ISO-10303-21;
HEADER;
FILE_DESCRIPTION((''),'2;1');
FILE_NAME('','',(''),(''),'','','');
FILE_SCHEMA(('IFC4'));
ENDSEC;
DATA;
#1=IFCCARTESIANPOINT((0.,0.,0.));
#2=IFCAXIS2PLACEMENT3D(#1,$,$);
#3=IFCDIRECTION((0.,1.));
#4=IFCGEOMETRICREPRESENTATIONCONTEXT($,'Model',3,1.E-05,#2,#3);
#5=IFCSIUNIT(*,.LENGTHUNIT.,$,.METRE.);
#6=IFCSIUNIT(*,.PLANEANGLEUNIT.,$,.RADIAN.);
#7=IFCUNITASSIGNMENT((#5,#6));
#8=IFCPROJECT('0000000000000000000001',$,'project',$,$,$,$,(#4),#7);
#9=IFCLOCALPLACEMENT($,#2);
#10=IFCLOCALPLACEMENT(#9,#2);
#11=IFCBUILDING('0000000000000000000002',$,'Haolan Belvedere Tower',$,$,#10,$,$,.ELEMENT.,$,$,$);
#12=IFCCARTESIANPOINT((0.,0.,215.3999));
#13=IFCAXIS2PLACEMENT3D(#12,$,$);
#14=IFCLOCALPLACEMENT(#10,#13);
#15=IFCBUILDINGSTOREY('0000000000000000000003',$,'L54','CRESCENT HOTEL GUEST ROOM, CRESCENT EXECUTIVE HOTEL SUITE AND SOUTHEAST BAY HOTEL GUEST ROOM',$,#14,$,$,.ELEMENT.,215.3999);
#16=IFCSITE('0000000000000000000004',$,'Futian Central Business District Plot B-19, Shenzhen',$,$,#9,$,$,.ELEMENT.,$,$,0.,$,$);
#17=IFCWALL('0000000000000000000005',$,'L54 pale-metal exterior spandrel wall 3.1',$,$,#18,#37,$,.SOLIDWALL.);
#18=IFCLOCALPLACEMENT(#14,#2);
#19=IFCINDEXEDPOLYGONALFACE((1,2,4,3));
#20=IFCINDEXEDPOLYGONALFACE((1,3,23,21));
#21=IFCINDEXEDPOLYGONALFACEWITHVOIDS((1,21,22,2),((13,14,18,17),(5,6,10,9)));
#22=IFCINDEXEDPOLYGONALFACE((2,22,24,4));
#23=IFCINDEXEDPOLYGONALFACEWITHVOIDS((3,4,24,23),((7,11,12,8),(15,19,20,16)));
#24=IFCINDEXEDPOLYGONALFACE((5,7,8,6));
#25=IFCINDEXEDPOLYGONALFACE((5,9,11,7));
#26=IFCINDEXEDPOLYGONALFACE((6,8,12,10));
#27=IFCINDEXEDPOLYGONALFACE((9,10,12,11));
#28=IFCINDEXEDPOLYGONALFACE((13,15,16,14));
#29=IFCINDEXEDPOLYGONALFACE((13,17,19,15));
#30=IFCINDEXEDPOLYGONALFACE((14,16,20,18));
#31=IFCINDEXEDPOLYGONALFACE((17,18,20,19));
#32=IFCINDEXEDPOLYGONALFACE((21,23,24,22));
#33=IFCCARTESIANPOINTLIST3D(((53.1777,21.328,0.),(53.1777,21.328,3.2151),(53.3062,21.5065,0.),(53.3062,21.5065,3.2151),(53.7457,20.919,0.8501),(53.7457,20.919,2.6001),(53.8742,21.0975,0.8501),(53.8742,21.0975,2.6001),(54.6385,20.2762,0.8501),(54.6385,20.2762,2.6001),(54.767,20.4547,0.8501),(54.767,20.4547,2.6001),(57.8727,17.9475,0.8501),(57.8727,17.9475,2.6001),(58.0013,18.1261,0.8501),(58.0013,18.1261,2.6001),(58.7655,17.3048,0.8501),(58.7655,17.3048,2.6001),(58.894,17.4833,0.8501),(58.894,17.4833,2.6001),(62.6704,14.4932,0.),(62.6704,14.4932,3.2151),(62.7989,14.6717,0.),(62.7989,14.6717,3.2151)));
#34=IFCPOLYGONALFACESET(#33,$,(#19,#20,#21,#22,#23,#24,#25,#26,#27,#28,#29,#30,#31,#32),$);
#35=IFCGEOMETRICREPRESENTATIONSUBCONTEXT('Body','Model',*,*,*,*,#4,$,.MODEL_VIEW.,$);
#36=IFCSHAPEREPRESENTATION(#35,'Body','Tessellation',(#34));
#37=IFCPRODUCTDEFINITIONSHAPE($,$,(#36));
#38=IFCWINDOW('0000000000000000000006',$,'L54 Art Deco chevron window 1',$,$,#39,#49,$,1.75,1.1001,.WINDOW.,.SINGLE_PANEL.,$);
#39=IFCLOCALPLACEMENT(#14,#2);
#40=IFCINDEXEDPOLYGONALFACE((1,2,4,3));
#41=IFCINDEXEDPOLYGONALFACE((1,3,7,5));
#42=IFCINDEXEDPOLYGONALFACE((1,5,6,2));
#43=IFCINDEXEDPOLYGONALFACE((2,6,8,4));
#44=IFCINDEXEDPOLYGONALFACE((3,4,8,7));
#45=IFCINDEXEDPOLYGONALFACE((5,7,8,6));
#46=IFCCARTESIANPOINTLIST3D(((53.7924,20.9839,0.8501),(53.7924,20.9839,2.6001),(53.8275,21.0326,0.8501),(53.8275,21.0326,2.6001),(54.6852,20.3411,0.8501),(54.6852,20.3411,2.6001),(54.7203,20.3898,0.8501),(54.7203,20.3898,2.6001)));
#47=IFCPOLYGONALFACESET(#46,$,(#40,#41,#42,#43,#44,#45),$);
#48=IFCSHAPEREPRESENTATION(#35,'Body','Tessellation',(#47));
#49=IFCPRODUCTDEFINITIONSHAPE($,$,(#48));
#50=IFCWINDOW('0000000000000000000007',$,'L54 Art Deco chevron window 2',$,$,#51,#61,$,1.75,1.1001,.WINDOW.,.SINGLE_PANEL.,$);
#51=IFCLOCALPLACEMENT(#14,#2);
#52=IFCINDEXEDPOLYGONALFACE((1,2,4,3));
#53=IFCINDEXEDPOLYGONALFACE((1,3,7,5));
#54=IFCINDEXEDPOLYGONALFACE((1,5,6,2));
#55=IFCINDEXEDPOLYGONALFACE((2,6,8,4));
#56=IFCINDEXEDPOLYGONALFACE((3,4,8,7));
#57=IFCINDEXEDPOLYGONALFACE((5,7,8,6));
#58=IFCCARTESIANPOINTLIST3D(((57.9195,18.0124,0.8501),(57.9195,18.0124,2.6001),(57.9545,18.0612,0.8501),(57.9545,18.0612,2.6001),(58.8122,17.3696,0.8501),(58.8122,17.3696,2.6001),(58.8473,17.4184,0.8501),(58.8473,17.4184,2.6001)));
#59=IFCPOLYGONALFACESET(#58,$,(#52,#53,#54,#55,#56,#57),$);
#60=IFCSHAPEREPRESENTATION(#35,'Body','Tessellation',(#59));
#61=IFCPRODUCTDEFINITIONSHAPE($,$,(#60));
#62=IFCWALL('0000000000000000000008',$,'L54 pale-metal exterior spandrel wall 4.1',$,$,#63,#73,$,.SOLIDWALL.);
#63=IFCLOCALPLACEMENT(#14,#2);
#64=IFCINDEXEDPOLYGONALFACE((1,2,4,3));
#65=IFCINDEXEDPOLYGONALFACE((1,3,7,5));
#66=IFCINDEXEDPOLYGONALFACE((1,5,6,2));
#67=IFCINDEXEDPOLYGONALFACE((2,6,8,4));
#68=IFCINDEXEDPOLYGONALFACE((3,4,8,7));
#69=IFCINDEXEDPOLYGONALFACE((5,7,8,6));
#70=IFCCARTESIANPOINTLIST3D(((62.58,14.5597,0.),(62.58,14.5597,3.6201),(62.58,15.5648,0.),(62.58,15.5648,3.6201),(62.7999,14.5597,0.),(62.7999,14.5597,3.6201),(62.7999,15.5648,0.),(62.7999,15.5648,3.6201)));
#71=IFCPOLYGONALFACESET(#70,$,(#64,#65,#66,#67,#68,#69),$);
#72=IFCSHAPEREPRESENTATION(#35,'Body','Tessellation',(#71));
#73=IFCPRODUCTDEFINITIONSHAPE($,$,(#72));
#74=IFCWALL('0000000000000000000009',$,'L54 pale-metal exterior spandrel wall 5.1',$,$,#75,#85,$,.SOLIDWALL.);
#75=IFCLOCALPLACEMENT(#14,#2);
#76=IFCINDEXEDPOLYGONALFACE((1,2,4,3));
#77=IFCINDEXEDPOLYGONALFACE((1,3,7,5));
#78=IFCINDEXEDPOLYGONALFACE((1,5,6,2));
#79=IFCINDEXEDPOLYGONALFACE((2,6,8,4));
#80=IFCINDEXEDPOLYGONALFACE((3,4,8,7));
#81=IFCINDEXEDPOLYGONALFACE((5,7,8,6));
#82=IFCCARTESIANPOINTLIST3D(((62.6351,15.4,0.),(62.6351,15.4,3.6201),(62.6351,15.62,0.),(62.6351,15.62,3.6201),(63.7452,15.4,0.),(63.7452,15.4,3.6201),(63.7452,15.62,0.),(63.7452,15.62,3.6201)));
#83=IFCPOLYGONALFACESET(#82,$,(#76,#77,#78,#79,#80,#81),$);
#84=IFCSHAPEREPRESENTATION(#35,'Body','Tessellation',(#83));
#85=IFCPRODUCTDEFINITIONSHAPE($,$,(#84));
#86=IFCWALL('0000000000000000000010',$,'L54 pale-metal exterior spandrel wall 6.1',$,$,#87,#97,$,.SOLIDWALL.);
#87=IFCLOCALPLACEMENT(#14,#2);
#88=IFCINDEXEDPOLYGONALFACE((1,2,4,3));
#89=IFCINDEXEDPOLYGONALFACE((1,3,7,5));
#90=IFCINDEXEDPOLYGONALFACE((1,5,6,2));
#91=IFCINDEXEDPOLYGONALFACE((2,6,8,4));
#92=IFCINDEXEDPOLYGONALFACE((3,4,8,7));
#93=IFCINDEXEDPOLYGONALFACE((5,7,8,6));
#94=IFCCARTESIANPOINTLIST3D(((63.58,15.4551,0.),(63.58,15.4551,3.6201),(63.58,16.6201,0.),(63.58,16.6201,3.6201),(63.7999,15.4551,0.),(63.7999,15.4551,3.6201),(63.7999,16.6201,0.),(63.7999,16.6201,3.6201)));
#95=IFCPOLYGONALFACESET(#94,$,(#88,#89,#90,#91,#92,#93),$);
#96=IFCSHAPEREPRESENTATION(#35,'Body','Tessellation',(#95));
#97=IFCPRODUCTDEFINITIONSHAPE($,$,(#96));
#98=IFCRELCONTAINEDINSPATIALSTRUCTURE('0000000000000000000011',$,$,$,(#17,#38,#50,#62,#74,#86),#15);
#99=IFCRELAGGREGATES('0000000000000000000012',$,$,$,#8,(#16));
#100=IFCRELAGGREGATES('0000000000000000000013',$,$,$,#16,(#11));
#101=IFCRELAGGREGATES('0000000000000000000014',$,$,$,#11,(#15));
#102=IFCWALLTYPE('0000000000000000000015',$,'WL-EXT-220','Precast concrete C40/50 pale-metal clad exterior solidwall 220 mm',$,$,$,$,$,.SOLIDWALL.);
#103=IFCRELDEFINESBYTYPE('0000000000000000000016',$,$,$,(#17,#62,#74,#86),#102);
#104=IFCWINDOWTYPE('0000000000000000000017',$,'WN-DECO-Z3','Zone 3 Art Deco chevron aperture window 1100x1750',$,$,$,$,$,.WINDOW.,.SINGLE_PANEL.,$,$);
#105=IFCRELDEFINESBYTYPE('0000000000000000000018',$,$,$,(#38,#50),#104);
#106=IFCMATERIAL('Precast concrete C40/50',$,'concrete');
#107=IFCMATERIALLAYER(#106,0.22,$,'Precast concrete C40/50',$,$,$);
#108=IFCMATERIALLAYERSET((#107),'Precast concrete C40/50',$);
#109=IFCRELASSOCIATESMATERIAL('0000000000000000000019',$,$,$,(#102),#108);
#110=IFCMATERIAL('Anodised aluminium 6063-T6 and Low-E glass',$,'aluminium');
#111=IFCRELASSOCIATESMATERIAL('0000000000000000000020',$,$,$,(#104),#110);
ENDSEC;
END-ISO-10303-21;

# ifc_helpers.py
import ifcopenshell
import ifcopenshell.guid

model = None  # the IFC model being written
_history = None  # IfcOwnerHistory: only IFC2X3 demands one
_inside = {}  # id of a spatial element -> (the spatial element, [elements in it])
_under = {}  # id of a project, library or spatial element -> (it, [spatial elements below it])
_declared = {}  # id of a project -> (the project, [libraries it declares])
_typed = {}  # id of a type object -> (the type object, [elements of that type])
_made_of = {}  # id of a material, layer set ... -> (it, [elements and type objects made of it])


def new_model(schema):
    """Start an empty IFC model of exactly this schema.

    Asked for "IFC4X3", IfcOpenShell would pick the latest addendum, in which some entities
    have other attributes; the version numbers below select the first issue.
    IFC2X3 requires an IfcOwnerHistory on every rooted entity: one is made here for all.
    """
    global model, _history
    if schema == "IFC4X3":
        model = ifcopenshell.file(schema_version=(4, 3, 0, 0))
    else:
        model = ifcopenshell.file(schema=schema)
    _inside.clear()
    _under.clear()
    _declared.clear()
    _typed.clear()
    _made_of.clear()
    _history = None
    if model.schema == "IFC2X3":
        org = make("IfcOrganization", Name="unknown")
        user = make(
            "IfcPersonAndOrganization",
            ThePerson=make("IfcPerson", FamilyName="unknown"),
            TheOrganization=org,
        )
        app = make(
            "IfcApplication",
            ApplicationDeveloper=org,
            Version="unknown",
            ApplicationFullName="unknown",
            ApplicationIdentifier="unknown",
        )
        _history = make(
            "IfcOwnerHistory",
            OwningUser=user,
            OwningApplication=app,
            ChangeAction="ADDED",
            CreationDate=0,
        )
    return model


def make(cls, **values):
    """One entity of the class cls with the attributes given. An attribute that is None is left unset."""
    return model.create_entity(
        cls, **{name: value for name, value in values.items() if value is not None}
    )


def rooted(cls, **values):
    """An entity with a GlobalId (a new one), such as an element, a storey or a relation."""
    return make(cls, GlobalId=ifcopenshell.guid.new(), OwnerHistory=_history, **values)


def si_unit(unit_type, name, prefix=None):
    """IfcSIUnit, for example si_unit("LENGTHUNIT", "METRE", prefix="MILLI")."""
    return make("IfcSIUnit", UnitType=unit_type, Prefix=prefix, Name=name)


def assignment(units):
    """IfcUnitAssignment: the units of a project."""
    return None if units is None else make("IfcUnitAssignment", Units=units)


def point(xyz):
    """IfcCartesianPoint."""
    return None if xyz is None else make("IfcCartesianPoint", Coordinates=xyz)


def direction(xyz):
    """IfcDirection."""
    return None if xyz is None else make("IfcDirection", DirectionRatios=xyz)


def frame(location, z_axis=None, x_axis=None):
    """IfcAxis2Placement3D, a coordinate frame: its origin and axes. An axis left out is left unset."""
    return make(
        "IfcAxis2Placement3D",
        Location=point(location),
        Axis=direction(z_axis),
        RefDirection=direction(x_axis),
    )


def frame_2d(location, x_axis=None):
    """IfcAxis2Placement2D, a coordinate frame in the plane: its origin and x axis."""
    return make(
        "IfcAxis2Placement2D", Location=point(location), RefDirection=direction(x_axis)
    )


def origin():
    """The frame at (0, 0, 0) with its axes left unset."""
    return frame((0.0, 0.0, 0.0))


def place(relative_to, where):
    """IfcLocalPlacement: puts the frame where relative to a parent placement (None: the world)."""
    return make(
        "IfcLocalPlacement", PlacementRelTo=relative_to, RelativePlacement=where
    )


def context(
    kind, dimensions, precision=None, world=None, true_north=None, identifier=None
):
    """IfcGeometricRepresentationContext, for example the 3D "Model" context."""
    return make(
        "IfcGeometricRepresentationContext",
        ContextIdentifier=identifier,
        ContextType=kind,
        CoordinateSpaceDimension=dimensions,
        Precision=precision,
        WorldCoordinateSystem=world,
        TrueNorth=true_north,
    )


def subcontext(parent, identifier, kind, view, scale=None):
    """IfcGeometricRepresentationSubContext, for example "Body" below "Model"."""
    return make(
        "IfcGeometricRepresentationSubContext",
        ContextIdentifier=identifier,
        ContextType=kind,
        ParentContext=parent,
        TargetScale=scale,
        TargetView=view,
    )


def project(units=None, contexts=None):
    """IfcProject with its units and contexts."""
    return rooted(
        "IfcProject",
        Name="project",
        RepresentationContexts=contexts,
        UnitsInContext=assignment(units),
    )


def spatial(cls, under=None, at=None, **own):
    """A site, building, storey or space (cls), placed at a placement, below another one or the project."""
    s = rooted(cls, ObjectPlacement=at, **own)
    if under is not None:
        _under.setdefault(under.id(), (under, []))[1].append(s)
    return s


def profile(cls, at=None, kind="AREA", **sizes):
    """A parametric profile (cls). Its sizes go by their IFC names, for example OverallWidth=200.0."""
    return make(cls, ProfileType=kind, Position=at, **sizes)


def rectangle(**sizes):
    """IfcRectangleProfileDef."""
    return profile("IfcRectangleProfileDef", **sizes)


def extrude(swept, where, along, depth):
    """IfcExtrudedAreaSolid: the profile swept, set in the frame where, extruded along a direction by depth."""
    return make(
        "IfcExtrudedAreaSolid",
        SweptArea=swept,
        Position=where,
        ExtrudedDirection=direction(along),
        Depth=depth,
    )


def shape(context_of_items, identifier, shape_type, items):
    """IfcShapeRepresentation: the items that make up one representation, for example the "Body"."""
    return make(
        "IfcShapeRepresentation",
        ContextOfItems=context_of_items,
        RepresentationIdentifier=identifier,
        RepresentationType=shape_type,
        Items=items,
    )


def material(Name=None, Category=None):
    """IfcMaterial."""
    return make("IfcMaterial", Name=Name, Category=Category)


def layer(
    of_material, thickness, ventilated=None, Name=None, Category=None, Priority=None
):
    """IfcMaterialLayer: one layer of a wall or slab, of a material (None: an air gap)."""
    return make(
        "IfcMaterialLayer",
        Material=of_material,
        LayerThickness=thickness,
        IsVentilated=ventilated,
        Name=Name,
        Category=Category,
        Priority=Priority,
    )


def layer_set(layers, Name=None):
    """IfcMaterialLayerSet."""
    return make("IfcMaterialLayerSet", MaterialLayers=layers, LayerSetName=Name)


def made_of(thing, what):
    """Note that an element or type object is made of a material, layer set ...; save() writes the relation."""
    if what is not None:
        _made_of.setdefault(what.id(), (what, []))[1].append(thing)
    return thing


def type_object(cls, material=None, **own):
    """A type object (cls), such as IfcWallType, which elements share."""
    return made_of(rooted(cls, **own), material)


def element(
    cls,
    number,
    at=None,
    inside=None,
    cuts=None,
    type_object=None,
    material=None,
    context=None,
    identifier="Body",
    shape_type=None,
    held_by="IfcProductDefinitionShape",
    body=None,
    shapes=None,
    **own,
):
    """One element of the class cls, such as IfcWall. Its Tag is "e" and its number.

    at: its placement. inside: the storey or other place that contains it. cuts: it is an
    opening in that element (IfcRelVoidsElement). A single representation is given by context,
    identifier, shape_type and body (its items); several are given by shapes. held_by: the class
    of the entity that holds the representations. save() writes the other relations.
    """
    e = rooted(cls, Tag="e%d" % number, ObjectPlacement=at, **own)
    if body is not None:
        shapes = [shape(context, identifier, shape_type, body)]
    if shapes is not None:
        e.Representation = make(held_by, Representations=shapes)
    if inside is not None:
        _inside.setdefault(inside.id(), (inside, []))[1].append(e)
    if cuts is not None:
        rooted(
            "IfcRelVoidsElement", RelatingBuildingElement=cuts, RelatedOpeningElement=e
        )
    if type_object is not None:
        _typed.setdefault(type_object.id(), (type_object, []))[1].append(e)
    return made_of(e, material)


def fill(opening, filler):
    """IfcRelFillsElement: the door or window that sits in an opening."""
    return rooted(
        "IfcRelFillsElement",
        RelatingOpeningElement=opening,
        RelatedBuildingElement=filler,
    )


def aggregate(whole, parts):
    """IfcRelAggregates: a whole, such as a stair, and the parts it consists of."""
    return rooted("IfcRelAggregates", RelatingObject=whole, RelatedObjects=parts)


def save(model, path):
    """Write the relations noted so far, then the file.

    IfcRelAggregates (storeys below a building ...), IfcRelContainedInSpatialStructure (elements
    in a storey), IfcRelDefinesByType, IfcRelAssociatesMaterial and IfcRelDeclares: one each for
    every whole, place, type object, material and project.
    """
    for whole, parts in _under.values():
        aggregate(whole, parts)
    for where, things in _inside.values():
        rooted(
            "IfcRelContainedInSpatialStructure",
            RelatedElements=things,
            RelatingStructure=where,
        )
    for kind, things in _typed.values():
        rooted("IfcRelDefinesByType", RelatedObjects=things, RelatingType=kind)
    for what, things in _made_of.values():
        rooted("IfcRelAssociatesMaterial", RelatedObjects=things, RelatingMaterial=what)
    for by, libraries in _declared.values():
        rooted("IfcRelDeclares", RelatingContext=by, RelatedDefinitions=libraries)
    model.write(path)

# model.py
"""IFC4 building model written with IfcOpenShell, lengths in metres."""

from ifc_helpers import new_model, si_unit, direction, frame, frame_2d, origin, place, context, subcontext, project, spatial, rectangle, extrude, material, layer, layer_set, type_object, element, fill, save


model = new_model("IFC4")

# Units and contexts
model_context = context("Model", 3, precision=1e-05, world=origin(), true_north=direction((0.0, 1.0)))
body_context = subcontext(model_context, "Body", "Model", "MODEL_VIEW")
ifc_project = project(units=[si_unit("LENGTHUNIT", "METRE"), si_unit("PLANEANGLEUNIT", "RADIAN")], contexts=[model_context])

# Site, building, storey
site_placement = place(None, origin())
site = spatial("IfcSite", under=ifc_project, at=site_placement, Name="Futian Central Business District Plot B-19, Shenzhen", CompositionType="ELEMENT", RefElevation=0.0)
building_placement = place(site_placement, origin())
building = spatial("IfcBuilding", under=site, at=building_placement, Name="Haolan Belvedere Tower", CompositionType="ELEMENT")
storey_placement = place(building_placement, frame((0.0, 0.0, 215.3999)))
storey = spatial("IfcBuildingStorey", under=building, at=storey_placement, Name="L54", Description="CRESCENT HOTEL GUEST ROOM, CRESCENT EXECUTIVE HOTEL SUITE AND SOUTHEAST BAY HOTEL GUEST ROOM", CompositionType="ELEMENT", Elevation=215.3999)

# Wall, openings, windows
ifc_material_1 = material(Name="Precast concrete C40/50", Category="concrete")
ifc_layer_1 = layer(ifc_material_1, 0.22, Name="Precast concrete C40/50")
ifc_layer_set_1 = layer_set([ifc_layer_1], Name="Precast concrete C40/50")
wall_type_1 = type_object("IfcWallType", Name="WL-EXT-220", Description="Precast concrete C40/50 pale-metal clad exterior solidwall 220 mm", PredefinedType="SOLIDWALL", material=ifc_layer_set_1)
wall_1_placement = place(storey_placement, frame((53.2419, 21.4172, 0.0), z_axis=(0.0, 0.0, 1.0), x_axis=(0.811535, -0.584304, 0.0)))
wall_1 = element("IfcWall", 1, at=wall_1_placement, inside=storey, type_object=wall_type_1, Name="L54 pale-metal exterior spandrel wall 3.1", PredefinedType="SOLIDWALL", context=body_context, shape_type="SweptSolid", body=[
    extrude(rectangle(XDim=11.6973, YDim=0.22, at=frame_2d((5.8486, 0.0))), origin(), (0.0, 0.0, 1.0), 3.2151),
])
opening_1_placement = place(wall_1_placement, frame((0.7, 0.0, 0.8501)))
opening_1 = element("IfcOpeningElement", 2, at=opening_1_placement, cuts=wall_1, PredefinedType="OPENING", context=body_context, shape_type="SweptSolid", body=[
    extrude(rectangle(XDim=1.1001, YDim=1.75, at=frame_2d((0.55, 0.875))), frame((0.0, 0.1199, 0.0), z_axis=(0.0, -1.0, 0.0), x_axis=(1.0, 0.0, 0.0)), (0.0, 0.0, 1.0), 0.24),
])
opening_2_placement = place(wall_1_placement, frame((5.7854, 0.0, 0.8501)))
opening_2 = element("IfcOpeningElement", 3, at=opening_2_placement, cuts=wall_1, PredefinedType="OPENING", context=body_context, shape_type="SweptSolid", body=[
    extrude(rectangle(XDim=1.1001, YDim=1.75, at=frame_2d((0.55, 0.875))), frame((0.0, 0.1199, 0.0), z_axis=(0.0, -1.0, 0.0), x_axis=(1.0, 0.0, 0.0)), (0.0, 0.0, 1.0), 0.24),
])
ifc_material_2 = material(Name="Anodised aluminium 6063-T6 and Low-E glass", Category="aluminium")
window_type = type_object("IfcWindowType", Name="WN-DECO-Z3", Description="Zone 3 Art Deco chevron aperture window 1100x1750", PartitioningType="SINGLE_PANEL", PredefinedType="WINDOW", material=ifc_material_2)
window_1_placement = place(opening_1_placement, origin())
window_1 = element("IfcWindow", 4, at=window_1_placement, inside=storey, type_object=window_type, Name="L54 Art Deco chevron window 1", OverallHeight=1.75, OverallWidth=1.1001, PartitioningType="SINGLE_PANEL", PredefinedType="WINDOW", context=body_context, shape_type="SweptSolid", body=[
    extrude(rectangle(XDim=1.1001, YDim=1.75, at=frame_2d((0.55, 0.875))), frame((0.0, 0.03, 0.0), z_axis=(0.0, -1.0, 0.0), x_axis=(1.0, 0.0, 0.0)), (0.0, 0.0, 1.0), 0.0601),
])
fill(opening_1, window_1)
window_2_placement = place(opening_2_placement, origin())
window_2 = element("IfcWindow", 5, at=window_2_placement, inside=storey, type_object=window_type, Name="L54 Art Deco chevron window 2", OverallHeight=1.75, OverallWidth=1.1001, PartitioningType="SINGLE_PANEL", PredefinedType="WINDOW", context=body_context, shape_type="SweptSolid", body=[
    extrude(rectangle(XDim=1.1001, YDim=1.75, at=frame_2d((0.55, 0.875))), frame((0.0, 0.03, 0.0), z_axis=(0.0, -1.0, 0.0), x_axis=(1.0, 0.0, 0.0)), (0.0, 0.0, 1.0), 0.0601),
])
fill(opening_2, window_2)

# Walls
wall_2_placement = place(storey_placement, frame((62.6899, 14.5598, 0.0), z_axis=(0.0, 0.0, 1.0), x_axis=(0.0, 1.0, 0.0)))
element("IfcWall", 6, at=wall_2_placement, inside=storey, type_object=wall_type_1, Name="L54 pale-metal exterior spandrel wall 4.1", PredefinedType="SOLIDWALL", context=body_context, shape_type="SweptSolid", body=[
    extrude(rectangle(XDim=1.0051, YDim=0.22, at=frame_2d((0.5024, 0.0))), origin(), (0.0, 0.0, 1.0), 3.6201),
])
wall_3_placement = place(storey_placement, frame((62.635, 15.51, 0.0), z_axis=(0.0, 0.0, 1.0), x_axis=(1.0, 0.0, 0.0)))
element("IfcWall", 7, at=wall_3_placement, inside=storey, type_object=wall_type_1, Name="L54 pale-metal exterior spandrel wall 5.1", PredefinedType="SOLIDWALL", context=body_context, shape_type="SweptSolid", body=[
    extrude(rectangle(XDim=1.1101, YDim=0.22, at=frame_2d((0.5552, 0.0))), origin(), (0.0, 0.0, 1.0), 3.6201),
])
wall_4_placement = place(storey_placement, frame((63.6899, 15.4551, 0.0), z_axis=(0.0, 0.0, 1.0), x_axis=(0.0, 1.0, 0.0)))
element("IfcWall", 8, at=wall_4_placement, inside=storey, type_object=wall_type_1, Name="L54 pale-metal exterior spandrel wall 6.1", PredefinedType="SOLIDWALL", context=body_context, shape_type="SweptSolid", body=[
    extrude(rectangle(XDim=1.165, YDim=0.22, at=frame_2d((0.5825, 0.0))), origin(), (0.0, 0.0, 1.0), 3.6201),
])

save(model, "model.ifc")
